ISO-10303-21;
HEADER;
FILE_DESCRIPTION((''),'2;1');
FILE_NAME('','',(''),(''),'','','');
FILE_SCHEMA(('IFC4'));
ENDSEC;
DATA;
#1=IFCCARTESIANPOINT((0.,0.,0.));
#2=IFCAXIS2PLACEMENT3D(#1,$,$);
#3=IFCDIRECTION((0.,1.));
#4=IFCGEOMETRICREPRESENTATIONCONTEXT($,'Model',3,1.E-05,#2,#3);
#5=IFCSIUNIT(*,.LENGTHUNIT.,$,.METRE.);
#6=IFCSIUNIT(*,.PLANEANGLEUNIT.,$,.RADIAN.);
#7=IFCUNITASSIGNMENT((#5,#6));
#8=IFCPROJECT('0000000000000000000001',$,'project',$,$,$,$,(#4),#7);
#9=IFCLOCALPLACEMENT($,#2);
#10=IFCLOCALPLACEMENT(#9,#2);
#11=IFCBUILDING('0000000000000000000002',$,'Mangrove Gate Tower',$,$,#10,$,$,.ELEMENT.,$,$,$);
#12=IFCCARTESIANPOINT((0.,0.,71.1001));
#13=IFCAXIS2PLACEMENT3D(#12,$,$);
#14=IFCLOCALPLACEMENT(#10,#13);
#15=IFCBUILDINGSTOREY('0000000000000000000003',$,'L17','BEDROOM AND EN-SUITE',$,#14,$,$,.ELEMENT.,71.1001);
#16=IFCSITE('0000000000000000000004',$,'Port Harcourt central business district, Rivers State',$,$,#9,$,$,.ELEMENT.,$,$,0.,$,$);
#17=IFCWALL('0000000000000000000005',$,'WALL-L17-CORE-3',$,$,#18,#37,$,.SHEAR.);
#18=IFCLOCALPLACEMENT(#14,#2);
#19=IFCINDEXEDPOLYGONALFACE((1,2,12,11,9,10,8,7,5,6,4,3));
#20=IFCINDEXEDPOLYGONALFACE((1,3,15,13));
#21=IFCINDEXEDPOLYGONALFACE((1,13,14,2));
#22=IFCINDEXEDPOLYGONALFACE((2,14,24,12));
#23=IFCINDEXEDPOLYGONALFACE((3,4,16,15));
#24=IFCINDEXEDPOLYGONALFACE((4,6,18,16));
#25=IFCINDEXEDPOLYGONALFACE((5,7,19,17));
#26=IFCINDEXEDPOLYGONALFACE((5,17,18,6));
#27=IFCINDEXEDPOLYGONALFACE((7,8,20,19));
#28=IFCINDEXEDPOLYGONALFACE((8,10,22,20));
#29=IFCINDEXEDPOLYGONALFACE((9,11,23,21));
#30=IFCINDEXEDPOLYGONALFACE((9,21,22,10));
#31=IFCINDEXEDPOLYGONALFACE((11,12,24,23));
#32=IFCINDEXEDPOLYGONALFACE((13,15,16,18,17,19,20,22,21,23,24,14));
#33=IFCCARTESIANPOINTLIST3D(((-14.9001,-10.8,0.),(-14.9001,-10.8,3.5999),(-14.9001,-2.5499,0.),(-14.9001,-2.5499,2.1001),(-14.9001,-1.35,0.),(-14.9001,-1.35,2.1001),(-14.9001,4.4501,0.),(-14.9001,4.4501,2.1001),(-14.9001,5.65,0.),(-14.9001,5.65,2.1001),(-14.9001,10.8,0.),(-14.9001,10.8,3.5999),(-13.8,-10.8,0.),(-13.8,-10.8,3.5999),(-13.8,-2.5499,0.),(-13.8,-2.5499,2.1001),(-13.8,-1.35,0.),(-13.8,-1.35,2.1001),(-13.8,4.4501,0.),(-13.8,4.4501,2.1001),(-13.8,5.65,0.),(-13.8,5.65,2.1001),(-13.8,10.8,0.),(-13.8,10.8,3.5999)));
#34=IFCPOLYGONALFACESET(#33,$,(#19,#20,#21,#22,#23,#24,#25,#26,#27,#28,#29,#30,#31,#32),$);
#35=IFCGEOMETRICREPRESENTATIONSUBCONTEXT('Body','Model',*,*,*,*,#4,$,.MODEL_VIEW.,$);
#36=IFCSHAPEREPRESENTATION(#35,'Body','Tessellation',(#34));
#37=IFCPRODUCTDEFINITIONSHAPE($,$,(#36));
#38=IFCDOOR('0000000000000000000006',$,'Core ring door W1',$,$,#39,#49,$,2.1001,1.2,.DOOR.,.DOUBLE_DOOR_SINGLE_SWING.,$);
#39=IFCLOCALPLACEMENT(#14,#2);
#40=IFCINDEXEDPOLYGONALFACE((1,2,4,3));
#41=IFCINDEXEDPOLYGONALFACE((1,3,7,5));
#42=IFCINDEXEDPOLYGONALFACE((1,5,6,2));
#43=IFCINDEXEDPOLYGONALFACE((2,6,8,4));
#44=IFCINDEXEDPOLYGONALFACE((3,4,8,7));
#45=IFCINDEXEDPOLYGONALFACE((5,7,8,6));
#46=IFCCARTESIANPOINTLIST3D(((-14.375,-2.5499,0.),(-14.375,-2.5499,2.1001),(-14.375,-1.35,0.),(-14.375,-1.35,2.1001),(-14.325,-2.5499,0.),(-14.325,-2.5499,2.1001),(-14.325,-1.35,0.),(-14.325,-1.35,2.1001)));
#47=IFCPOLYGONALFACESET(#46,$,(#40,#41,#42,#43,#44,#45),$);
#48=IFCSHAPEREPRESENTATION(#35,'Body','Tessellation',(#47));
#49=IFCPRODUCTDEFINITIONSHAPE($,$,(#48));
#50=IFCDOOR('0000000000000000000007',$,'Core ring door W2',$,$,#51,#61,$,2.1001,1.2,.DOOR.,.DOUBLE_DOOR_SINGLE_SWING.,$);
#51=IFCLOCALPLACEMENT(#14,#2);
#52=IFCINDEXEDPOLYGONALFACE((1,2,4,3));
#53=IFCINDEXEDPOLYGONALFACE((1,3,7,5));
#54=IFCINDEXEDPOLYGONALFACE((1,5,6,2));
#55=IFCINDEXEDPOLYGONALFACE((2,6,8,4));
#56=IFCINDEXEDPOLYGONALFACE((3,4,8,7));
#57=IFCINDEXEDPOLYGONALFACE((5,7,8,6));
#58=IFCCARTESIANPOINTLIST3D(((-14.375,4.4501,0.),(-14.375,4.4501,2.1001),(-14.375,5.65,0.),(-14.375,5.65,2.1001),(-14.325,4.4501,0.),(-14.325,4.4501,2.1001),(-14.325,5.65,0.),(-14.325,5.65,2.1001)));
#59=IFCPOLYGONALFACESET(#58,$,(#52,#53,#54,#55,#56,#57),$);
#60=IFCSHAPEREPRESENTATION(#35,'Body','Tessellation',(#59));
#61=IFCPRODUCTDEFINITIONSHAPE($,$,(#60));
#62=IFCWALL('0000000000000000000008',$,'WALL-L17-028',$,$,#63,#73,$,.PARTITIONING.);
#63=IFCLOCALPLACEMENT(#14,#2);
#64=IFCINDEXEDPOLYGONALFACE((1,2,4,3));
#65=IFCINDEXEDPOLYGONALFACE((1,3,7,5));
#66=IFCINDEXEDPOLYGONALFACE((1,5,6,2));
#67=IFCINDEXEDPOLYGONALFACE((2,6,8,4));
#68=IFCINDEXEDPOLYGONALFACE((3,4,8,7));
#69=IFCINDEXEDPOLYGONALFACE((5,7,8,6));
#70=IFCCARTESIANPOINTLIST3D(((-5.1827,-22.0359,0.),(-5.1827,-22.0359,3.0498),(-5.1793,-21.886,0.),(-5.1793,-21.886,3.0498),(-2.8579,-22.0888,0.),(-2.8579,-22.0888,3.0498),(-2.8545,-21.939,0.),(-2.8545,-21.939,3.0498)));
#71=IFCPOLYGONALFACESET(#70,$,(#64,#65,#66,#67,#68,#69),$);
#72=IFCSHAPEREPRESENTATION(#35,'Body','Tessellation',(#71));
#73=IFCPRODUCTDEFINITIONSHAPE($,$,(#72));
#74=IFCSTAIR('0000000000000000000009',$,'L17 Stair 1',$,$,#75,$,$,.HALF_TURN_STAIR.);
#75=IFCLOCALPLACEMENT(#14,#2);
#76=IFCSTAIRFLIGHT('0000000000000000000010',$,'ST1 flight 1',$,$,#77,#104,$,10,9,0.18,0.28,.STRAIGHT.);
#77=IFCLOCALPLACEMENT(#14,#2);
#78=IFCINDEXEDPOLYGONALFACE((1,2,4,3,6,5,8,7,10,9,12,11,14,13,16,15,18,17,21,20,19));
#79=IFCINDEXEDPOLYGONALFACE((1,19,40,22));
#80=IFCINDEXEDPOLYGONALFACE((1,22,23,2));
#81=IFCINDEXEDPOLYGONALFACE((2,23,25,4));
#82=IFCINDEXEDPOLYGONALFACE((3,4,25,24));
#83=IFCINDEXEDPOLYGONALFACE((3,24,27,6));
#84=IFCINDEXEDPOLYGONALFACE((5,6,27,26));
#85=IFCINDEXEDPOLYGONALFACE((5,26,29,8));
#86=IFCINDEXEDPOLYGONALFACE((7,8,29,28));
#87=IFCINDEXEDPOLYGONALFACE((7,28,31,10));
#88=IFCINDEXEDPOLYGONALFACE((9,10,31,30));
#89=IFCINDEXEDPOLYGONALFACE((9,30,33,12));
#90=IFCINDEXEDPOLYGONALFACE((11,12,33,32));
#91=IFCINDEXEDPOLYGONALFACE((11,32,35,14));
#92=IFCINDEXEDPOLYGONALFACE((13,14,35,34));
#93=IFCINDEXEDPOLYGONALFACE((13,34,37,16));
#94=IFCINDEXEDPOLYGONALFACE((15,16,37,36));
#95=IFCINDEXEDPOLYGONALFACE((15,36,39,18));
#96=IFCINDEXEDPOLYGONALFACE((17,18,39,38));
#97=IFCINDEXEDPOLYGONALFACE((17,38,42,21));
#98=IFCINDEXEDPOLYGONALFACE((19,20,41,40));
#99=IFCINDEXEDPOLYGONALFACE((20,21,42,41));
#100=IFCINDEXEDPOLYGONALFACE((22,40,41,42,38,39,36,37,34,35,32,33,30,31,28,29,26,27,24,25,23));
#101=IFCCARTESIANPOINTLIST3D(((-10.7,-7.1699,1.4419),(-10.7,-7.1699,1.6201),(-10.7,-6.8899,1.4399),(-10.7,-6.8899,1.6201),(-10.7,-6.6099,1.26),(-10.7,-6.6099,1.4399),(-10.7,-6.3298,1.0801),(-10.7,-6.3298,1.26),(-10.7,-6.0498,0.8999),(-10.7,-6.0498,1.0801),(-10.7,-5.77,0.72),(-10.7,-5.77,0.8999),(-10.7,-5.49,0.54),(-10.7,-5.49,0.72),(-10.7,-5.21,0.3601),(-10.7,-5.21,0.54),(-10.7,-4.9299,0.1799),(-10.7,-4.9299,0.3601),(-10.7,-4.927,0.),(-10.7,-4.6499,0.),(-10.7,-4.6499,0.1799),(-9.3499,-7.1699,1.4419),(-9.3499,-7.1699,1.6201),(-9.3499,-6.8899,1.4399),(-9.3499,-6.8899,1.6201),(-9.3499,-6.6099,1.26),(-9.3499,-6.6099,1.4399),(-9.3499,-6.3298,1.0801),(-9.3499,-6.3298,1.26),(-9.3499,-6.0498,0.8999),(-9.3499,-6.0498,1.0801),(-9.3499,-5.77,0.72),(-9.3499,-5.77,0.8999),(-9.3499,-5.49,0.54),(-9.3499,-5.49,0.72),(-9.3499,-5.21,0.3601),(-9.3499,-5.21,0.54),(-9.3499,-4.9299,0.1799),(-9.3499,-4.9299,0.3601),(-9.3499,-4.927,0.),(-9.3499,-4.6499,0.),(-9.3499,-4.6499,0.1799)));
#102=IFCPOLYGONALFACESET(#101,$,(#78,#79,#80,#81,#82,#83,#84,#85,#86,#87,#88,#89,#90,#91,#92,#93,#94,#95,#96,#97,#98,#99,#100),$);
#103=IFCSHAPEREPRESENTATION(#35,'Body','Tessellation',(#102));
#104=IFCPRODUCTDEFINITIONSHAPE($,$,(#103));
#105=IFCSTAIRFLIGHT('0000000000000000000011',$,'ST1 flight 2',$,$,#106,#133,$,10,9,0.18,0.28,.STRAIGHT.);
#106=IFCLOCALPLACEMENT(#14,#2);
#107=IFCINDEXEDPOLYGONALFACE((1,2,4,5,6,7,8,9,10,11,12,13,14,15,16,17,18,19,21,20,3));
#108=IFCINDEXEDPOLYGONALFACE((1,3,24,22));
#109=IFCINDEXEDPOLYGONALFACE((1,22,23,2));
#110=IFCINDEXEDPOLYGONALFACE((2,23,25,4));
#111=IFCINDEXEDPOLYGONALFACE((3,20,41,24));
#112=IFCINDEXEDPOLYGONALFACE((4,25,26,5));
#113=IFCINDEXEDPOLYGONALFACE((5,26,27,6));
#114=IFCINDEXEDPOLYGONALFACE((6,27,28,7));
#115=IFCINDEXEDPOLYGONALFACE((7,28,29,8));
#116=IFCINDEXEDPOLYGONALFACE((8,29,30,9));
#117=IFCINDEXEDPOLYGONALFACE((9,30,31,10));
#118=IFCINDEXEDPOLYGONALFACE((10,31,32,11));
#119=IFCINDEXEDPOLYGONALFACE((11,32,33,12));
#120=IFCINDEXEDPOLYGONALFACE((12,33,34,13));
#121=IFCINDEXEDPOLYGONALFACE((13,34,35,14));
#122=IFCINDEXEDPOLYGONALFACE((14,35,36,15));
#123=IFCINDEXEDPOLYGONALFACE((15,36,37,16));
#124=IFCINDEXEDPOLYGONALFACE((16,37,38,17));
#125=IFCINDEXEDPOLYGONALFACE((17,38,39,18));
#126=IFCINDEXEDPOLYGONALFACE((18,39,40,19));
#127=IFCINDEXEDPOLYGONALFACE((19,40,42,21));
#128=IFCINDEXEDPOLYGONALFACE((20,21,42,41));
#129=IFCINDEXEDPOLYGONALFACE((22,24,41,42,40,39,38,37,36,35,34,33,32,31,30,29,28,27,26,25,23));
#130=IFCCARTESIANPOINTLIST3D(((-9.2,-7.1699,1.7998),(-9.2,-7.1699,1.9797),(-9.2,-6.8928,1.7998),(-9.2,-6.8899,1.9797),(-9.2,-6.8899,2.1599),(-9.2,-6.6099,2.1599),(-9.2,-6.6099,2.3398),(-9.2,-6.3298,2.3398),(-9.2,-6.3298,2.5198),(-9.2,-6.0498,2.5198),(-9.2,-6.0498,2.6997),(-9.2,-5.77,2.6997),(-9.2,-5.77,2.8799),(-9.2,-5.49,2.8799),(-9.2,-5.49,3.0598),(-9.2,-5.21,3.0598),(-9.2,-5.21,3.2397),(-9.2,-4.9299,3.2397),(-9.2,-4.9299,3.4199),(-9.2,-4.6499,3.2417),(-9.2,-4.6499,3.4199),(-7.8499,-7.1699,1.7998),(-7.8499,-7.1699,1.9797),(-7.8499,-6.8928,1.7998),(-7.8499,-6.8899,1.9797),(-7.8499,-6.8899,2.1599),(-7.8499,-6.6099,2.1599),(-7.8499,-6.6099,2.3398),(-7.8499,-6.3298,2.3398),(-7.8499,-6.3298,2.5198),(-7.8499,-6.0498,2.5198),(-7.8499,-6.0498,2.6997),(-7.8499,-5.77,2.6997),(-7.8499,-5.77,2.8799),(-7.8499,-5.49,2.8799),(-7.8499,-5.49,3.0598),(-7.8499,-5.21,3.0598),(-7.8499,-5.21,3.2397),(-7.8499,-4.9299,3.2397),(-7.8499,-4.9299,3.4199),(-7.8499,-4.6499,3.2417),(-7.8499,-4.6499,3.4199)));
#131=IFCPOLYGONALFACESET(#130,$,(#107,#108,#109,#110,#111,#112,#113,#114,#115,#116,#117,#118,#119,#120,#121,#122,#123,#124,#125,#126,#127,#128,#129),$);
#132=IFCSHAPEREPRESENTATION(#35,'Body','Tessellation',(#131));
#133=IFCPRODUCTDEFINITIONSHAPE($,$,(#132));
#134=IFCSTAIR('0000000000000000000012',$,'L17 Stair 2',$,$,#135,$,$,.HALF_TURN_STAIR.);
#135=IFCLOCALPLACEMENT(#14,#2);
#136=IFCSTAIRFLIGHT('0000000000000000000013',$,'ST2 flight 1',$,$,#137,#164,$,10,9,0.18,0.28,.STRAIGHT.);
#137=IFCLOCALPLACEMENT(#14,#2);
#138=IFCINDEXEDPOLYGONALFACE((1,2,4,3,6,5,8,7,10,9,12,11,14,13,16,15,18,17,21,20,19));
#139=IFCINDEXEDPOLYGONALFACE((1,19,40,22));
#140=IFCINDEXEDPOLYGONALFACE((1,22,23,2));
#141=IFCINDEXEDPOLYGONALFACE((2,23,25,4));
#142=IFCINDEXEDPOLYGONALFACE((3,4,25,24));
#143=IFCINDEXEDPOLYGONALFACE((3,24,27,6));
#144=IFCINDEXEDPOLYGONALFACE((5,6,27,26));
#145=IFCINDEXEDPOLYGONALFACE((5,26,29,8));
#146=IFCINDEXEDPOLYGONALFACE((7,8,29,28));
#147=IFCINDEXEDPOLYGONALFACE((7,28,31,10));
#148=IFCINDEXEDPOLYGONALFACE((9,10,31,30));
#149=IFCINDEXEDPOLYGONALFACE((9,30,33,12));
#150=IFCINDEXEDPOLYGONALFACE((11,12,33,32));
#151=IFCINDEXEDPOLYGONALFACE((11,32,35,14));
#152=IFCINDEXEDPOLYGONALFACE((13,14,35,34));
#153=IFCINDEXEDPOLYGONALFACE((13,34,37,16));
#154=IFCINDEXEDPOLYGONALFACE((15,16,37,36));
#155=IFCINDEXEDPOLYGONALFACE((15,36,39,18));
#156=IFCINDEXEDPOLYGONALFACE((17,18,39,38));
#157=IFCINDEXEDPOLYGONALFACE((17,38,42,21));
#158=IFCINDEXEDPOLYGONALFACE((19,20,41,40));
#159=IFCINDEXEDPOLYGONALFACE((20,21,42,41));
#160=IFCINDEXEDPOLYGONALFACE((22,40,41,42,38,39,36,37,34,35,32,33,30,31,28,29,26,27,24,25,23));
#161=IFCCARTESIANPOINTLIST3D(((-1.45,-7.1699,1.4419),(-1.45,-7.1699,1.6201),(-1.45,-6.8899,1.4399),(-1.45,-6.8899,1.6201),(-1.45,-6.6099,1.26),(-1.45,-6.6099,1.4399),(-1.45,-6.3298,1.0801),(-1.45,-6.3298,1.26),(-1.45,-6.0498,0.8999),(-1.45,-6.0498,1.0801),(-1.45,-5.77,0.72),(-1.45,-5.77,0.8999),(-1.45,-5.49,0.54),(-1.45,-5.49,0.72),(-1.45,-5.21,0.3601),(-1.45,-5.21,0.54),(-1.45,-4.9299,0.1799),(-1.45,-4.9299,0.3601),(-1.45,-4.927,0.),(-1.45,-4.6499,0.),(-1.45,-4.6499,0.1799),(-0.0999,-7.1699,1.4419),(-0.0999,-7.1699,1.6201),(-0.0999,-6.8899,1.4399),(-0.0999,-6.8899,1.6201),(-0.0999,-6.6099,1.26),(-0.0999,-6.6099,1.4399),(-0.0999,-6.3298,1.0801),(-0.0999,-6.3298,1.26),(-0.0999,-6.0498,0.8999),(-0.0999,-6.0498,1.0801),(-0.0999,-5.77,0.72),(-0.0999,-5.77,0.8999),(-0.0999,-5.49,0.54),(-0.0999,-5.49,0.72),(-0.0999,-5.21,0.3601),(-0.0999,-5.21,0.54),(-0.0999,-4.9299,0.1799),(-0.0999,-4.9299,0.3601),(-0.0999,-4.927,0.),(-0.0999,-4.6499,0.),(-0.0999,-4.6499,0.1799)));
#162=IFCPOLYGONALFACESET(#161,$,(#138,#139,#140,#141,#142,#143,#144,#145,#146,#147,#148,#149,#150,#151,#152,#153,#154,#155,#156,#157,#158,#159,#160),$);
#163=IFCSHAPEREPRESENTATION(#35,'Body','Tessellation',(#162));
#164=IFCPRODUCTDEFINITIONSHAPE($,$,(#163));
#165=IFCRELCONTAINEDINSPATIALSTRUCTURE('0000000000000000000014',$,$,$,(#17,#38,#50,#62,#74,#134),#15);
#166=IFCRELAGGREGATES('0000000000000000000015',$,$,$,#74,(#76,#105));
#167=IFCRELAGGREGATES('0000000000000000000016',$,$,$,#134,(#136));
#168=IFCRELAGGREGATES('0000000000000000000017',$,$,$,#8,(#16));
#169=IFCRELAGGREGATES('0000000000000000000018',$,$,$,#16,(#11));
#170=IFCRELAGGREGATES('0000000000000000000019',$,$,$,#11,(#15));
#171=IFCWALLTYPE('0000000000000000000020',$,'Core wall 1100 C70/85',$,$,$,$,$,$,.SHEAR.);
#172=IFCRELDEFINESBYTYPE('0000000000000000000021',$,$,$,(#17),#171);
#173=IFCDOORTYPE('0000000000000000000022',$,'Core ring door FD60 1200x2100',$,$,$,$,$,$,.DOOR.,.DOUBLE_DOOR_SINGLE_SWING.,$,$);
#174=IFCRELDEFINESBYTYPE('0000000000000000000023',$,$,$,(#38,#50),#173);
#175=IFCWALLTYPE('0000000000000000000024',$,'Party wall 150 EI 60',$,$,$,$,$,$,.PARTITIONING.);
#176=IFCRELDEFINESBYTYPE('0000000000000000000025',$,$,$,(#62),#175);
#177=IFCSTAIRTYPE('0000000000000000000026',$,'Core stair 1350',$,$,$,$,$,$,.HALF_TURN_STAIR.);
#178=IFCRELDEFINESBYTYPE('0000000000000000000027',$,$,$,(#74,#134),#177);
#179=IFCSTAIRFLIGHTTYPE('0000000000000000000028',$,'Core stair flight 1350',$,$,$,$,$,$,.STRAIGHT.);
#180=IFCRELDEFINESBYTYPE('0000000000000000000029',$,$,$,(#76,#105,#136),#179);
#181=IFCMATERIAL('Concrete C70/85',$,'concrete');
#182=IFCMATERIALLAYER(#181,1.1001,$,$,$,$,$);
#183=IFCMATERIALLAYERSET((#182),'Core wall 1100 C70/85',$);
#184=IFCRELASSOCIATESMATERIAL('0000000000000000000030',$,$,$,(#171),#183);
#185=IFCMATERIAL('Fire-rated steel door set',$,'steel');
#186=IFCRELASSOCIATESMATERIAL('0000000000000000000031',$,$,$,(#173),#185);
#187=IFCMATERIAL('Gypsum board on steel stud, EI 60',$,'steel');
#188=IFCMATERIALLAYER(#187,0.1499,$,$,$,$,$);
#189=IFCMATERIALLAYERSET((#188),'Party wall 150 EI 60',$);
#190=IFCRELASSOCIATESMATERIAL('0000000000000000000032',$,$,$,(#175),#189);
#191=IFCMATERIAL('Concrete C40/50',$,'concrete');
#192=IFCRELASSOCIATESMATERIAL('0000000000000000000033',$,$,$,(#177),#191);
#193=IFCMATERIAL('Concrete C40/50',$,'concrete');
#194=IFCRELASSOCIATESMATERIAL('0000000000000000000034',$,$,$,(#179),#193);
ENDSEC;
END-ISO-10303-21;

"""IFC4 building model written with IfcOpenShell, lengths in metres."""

from ifc_helpers import new_model, si_unit, direction, frame, frame_2d, origin, place, context, subcontext, project, spatial, polyline, rectangle, outline, extrude, material, layer, layer_set, type_object, element, fill, aggregate, save


model = new_model("IFC4")

# Units and contexts
model_context = context("Model", 3, precision=1e-05, world=origin(), true_north=direction((0.0, 1.0)))
body_context = subcontext(model_context, "Body", "Model", "MODEL_VIEW")
ifc_project = project(units=[si_unit("LENGTHUNIT", "METRE"), si_unit("PLANEANGLEUNIT", "RADIAN")], contexts=[model_context])

# Site, building, storey
site_placement = place(None, origin())
site = spatial("IfcSite", under=ifc_project, at=site_placement, Name="Port Harcourt central business district, Rivers State", CompositionType="ELEMENT", RefElevation=0.0)
building_placement = place(site_placement, origin())
building = spatial("IfcBuilding", under=site, at=building_placement, Name="Mangrove Gate Tower", CompositionType="ELEMENT")
storey_placement = place(building_placement, frame((0.0, 0.0, 71.1001)))
storey = spatial("IfcBuildingStorey", under=building, at=storey_placement, Name="L17", Description="BEDROOM AND EN-SUITE", CompositionType="ELEMENT", Elevation=71.1001)

# Shared definitions
ifc_material_1 = material(Name="Concrete C70/85", Category="concrete")
ifc_layer_1 = layer(ifc_material_1, 1.1001)
ifc_layer_set_1 = layer_set([ifc_layer_1], Name="Core wall 1100 C70/85")
wall_type_1 = type_object("IfcWallType", Name="Core wall 1100 C70/85", PredefinedType="SHEAR", material=ifc_layer_set_1)

# Wall, openings, doors
wall_1_placement = place(storey_placement, frame((-14.3501, -10.8, 0.0), z_axis=(0.0, 0.0, 1.0), x_axis=(0.0, 1.0, 0.0)))
wall_1 = element("IfcWall", 1, at=wall_1_placement, inside=storey, type_object=wall_type_1, Name="WALL-L17-CORE-3", PredefinedType="SHEAR", context=body_context, shape_type="SweptSolid", body=[
    extrude(rectangle(XDim=21.6001, YDim=1.1001, at=frame_2d((10.8, 0.0))), origin(), (0.0, 0.0, 1.0), 3.5999),
])
opening_1_placement = place(wall_1_placement, frame((8.25, 0.0, 0.0)))
opening_1 = element("IfcOpeningElement", 2, at=opening_1_placement, cuts=wall_1, PredefinedType="OPENING", context=body_context, shape_type="SweptSolid", body=[
    extrude(rectangle(XDim=1.2, YDim=2.1001, at=frame_2d((0.6001, 1.05))), frame((0.0, 0.5601, 0.0), z_axis=(0.0, -1.0, 0.0), x_axis=(1.0, 0.0, 0.0)), (0.0, 0.0, 1.0), 1.1201),
])
opening_2_placement = place(wall_1_placement, frame((15.25, 0.0, 0.0)))
opening_2 = element("IfcOpeningElement", 3, at=opening_2_placement, cuts=wall_1, PredefinedType="OPENING", context=body_context, shape_type="SweptSolid", body=[
    extrude(rectangle(XDim=1.2, YDim=2.1001, at=frame_2d((0.6001, 1.05))), frame((0.0, 0.5601, 0.0), z_axis=(0.0, -1.0, 0.0), x_axis=(1.0, 0.0, 0.0)), (0.0, 0.0, 1.0), 1.1201),
])
ifc_material_2 = material(Name="Fire-rated steel door set", Category="steel")
door_type_1 = type_object("IfcDoorType", Name="Core ring door FD60 1200x2100", OperationType="DOUBLE_DOOR_SINGLE_SWING", PredefinedType="DOOR", material=ifc_material_2)
door_1_placement = place(opening_1_placement, origin())
door_1 = element("IfcDoor", 4, at=door_1_placement, inside=storey, type_object=door_type_1, Name="Core ring door W1", OperationType="DOUBLE_DOOR_SINGLE_SWING", OverallHeight=2.1001, OverallWidth=1.2, PredefinedType="DOOR", context=body_context, shape_type="SweptSolid", body=[
    extrude(rectangle(XDim=1.2, YDim=2.1001, at=frame_2d((0.6001, 1.05))), frame((0.0, 0.0249, 0.0), z_axis=(0.0, -1.0, 0.0), x_axis=(1.0, 0.0, 0.0)), (0.0, 0.0, 1.0), 0.05),
])
fill(opening_1, door_1)
door_2_placement = place(opening_2_placement, origin())
door_2 = element("IfcDoor", 5, at=door_2_placement, inside=storey, type_object=door_type_1, Name="Core ring door W2", OperationType="DOUBLE_DOOR_SINGLE_SWING", OverallHeight=2.1001, OverallWidth=1.2, PredefinedType="DOOR", context=body_context, shape_type="SweptSolid", body=[
    extrude(rectangle(XDim=1.2, YDim=2.1001, at=frame_2d((0.6001, 1.05))), frame((0.0, 0.0249, 0.0), z_axis=(0.0, -1.0, 0.0), x_axis=(1.0, 0.0, 0.0)), (0.0, 0.0, 1.0), 0.05),
])
fill(opening_2, door_2)

# Wall
ifc_material_3 = material(Name="Gypsum board on steel stud, EI 60", Category="steel")
ifc_layer_2 = layer(ifc_material_3, 0.1499)
ifc_layer_set_2 = layer_set([ifc_layer_2], Name="Party wall 150 EI 60")
wall_type_2 = type_object("IfcWallType", Name="Party wall 150 EI 60", PredefinedType="PARTITIONING", material=ifc_layer_set_2)
wall_2_placement = place(storey_placement, frame((-5.1809, -21.9609, 0.0), z_axis=(0.0, 0.0, 1.0), x_axis=(0.99974, -0.022781, 0.0)))
element("IfcWall", 6, at=wall_2_placement, inside=storey, type_object=wall_type_2, Name="WALL-L17-028", PredefinedType="PARTITIONING", context=body_context, shape_type="SweptSolid", body=[
    extrude(rectangle(XDim=2.3254, YDim=0.1499, at=frame_2d((1.1626, 0.0))), origin(), (0.0, 0.0, 1.0), 3.0498),
])

# Stair, stair flights
ifc_material_4 = material(Name="Concrete C40/50", Category="concrete")
stair_type = type_object("IfcStairType", Name="Core stair 1350", PredefinedType="HALF_TURN_STAIR", material=ifc_material_4)
stair_1_placement = place(storey_placement, origin())
stair_1 = element("IfcStair", 7, at=stair_1_placement, inside=storey, type_object=stair_type, Name="L17 Stair 1", PredefinedType="HALF_TURN_STAIR")
ifc_material_5 = material(Name="Concrete C40/50", Category="concrete")
stair_flight_type = type_object("IfcStairFlightType", Name="Core stair flight 1350", PredefinedType="STRAIGHT", material=ifc_material_5)
stair_flight_1_placement = place(storey_placement, frame((-10.0249, -4.6499, 0.0), z_axis=(0.0, 0.0, 1.0), x_axis=(0.0, -1.0, 0.0)))
stair_flight_1 = element("IfcStairFlight", 8, at=stair_flight_1_placement, type_object=stair_flight_type, Name="ST1 flight 1", NumberOfRisers=10, NumberOfTreads=9, PredefinedType="STRAIGHT", RiserHeight=0.18, TreadLength=0.28, context=body_context, shape_type="SweptSolid", body=[
    extrude(outline(polyline([(0.0, 0.0), (0.0, 0.1799), (0.28, 0.1799), (0.28, 0.3601), (0.5601, 0.3601), (0.5601, 0.54), (0.8401, 0.54), (0.8401, 0.72), (1.1201, 0.72), (1.1201, 0.8999), (1.3999, 0.8999), (1.3999, 1.0801), (1.6799, 1.0801), (1.6799, 1.26), (1.96, 1.26), (1.96, 1.4399), (2.24, 1.4399), (2.24, 1.6201), (2.52, 1.6201), (2.52, 1.8), (2.52, 1.4419), (0.2771, 0.0), (0.0, 0.0)])), frame((0.0, 0.675, 0.0), z_axis=(0.0, -1.0, 0.0), x_axis=(1.0, 0.0, 0.0)), (0.0, 0.0, 1.0), 1.3501),
])
stair_flight_2_placement = place(storey_placement, frame((-8.5249, -7.1699, 1.7998), z_axis=(0.0, 0.0, 1.0), x_axis=(0.0, 1.0, 0.0)))
stair_flight_2 = element("IfcStairFlight", 9, at=stair_flight_2_placement, type_object=stair_flight_type, Name="ST1 flight 2", NumberOfRisers=10, NumberOfTreads=9, PredefinedType="STRAIGHT", RiserHeight=0.18, TreadLength=0.28, context=body_context, shape_type="SweptSolid", body=[
    extrude(outline(polyline([(0.0, 0.0), (0.0, 0.1799), (0.28, 0.1799), (0.28, 0.3601), (0.5601, 0.3601), (0.5601, 0.54), (0.8401, 0.54), (0.8401, 0.72), (1.1201, 0.72), (1.1201, 0.8999), (1.3999, 0.8999), (1.3999, 1.0801), (1.6799, 1.0801), (1.6799, 1.26), (1.96, 1.26), (1.96, 1.4399), (2.24, 1.4399), (2.24, 1.6201), (2.52, 1.6201), (2.52, 1.8), (2.52, 1.4419), (0.2771, 0.0), (0.0, 0.0)])), frame((0.0, 0.675, 0.0), z_axis=(0.0, -1.0, 0.0), x_axis=(1.0, 0.0, 0.0)), (0.0, 0.0, 1.0), 1.3501),
])
aggregate(stair_1, [stair_flight_1, stair_flight_2])

# Stair, stair flight
stair_2_placement = place(storey_placement, origin())
stair_2 = element("IfcStair", 10, at=stair_2_placement, inside=storey, type_object=stair_type, Name="L17 Stair 2", PredefinedType="HALF_TURN_STAIR")
stair_flight_3_placement = place(storey_placement, frame((-0.7749, -4.6499, 0.0), z_axis=(0.0, 0.0, 1.0), x_axis=(0.0, -1.0, 0.0)))
stair_flight_3 = element("IfcStairFlight", 11, at=stair_flight_3_placement, type_object=stair_flight_type, Name="ST2 flight 1", NumberOfRisers=10, NumberOfTreads=9, PredefinedType="STRAIGHT", RiserHeight=0.18, TreadLength=0.28, context=body_context, shape_type="SweptSolid", body=[
    extrude(outline(polyline([(0.0, 0.0), (0.0, 0.1799), (0.28, 0.1799), (0.28, 0.3601), (0.5601, 0.3601), (0.5601, 0.54), (0.8401, 0.54), (0.8401, 0.72), (1.1201, 0.72), (1.1201, 0.8999), (1.3999, 0.8999), (1.3999, 1.0801), (1.6799, 1.0801), (1.6799, 1.26), (1.96, 1.26), (1.96, 1.4399), (2.24, 1.4399), (2.24, 1.6201), (2.52, 1.6201), (2.52, 1.8), (2.52, 1.4419), (0.2771, 0.0), (0.0, 0.0)])), frame((0.0, 0.675, 0.0), z_axis=(0.0, -1.0, 0.0), x_axis=(1.0, 0.0, 0.0)), (0.0, 0.0, 1.0), 1.3501),
])
aggregate(stair_2, [stair_flight_3])

save(model, "model.ifc")
